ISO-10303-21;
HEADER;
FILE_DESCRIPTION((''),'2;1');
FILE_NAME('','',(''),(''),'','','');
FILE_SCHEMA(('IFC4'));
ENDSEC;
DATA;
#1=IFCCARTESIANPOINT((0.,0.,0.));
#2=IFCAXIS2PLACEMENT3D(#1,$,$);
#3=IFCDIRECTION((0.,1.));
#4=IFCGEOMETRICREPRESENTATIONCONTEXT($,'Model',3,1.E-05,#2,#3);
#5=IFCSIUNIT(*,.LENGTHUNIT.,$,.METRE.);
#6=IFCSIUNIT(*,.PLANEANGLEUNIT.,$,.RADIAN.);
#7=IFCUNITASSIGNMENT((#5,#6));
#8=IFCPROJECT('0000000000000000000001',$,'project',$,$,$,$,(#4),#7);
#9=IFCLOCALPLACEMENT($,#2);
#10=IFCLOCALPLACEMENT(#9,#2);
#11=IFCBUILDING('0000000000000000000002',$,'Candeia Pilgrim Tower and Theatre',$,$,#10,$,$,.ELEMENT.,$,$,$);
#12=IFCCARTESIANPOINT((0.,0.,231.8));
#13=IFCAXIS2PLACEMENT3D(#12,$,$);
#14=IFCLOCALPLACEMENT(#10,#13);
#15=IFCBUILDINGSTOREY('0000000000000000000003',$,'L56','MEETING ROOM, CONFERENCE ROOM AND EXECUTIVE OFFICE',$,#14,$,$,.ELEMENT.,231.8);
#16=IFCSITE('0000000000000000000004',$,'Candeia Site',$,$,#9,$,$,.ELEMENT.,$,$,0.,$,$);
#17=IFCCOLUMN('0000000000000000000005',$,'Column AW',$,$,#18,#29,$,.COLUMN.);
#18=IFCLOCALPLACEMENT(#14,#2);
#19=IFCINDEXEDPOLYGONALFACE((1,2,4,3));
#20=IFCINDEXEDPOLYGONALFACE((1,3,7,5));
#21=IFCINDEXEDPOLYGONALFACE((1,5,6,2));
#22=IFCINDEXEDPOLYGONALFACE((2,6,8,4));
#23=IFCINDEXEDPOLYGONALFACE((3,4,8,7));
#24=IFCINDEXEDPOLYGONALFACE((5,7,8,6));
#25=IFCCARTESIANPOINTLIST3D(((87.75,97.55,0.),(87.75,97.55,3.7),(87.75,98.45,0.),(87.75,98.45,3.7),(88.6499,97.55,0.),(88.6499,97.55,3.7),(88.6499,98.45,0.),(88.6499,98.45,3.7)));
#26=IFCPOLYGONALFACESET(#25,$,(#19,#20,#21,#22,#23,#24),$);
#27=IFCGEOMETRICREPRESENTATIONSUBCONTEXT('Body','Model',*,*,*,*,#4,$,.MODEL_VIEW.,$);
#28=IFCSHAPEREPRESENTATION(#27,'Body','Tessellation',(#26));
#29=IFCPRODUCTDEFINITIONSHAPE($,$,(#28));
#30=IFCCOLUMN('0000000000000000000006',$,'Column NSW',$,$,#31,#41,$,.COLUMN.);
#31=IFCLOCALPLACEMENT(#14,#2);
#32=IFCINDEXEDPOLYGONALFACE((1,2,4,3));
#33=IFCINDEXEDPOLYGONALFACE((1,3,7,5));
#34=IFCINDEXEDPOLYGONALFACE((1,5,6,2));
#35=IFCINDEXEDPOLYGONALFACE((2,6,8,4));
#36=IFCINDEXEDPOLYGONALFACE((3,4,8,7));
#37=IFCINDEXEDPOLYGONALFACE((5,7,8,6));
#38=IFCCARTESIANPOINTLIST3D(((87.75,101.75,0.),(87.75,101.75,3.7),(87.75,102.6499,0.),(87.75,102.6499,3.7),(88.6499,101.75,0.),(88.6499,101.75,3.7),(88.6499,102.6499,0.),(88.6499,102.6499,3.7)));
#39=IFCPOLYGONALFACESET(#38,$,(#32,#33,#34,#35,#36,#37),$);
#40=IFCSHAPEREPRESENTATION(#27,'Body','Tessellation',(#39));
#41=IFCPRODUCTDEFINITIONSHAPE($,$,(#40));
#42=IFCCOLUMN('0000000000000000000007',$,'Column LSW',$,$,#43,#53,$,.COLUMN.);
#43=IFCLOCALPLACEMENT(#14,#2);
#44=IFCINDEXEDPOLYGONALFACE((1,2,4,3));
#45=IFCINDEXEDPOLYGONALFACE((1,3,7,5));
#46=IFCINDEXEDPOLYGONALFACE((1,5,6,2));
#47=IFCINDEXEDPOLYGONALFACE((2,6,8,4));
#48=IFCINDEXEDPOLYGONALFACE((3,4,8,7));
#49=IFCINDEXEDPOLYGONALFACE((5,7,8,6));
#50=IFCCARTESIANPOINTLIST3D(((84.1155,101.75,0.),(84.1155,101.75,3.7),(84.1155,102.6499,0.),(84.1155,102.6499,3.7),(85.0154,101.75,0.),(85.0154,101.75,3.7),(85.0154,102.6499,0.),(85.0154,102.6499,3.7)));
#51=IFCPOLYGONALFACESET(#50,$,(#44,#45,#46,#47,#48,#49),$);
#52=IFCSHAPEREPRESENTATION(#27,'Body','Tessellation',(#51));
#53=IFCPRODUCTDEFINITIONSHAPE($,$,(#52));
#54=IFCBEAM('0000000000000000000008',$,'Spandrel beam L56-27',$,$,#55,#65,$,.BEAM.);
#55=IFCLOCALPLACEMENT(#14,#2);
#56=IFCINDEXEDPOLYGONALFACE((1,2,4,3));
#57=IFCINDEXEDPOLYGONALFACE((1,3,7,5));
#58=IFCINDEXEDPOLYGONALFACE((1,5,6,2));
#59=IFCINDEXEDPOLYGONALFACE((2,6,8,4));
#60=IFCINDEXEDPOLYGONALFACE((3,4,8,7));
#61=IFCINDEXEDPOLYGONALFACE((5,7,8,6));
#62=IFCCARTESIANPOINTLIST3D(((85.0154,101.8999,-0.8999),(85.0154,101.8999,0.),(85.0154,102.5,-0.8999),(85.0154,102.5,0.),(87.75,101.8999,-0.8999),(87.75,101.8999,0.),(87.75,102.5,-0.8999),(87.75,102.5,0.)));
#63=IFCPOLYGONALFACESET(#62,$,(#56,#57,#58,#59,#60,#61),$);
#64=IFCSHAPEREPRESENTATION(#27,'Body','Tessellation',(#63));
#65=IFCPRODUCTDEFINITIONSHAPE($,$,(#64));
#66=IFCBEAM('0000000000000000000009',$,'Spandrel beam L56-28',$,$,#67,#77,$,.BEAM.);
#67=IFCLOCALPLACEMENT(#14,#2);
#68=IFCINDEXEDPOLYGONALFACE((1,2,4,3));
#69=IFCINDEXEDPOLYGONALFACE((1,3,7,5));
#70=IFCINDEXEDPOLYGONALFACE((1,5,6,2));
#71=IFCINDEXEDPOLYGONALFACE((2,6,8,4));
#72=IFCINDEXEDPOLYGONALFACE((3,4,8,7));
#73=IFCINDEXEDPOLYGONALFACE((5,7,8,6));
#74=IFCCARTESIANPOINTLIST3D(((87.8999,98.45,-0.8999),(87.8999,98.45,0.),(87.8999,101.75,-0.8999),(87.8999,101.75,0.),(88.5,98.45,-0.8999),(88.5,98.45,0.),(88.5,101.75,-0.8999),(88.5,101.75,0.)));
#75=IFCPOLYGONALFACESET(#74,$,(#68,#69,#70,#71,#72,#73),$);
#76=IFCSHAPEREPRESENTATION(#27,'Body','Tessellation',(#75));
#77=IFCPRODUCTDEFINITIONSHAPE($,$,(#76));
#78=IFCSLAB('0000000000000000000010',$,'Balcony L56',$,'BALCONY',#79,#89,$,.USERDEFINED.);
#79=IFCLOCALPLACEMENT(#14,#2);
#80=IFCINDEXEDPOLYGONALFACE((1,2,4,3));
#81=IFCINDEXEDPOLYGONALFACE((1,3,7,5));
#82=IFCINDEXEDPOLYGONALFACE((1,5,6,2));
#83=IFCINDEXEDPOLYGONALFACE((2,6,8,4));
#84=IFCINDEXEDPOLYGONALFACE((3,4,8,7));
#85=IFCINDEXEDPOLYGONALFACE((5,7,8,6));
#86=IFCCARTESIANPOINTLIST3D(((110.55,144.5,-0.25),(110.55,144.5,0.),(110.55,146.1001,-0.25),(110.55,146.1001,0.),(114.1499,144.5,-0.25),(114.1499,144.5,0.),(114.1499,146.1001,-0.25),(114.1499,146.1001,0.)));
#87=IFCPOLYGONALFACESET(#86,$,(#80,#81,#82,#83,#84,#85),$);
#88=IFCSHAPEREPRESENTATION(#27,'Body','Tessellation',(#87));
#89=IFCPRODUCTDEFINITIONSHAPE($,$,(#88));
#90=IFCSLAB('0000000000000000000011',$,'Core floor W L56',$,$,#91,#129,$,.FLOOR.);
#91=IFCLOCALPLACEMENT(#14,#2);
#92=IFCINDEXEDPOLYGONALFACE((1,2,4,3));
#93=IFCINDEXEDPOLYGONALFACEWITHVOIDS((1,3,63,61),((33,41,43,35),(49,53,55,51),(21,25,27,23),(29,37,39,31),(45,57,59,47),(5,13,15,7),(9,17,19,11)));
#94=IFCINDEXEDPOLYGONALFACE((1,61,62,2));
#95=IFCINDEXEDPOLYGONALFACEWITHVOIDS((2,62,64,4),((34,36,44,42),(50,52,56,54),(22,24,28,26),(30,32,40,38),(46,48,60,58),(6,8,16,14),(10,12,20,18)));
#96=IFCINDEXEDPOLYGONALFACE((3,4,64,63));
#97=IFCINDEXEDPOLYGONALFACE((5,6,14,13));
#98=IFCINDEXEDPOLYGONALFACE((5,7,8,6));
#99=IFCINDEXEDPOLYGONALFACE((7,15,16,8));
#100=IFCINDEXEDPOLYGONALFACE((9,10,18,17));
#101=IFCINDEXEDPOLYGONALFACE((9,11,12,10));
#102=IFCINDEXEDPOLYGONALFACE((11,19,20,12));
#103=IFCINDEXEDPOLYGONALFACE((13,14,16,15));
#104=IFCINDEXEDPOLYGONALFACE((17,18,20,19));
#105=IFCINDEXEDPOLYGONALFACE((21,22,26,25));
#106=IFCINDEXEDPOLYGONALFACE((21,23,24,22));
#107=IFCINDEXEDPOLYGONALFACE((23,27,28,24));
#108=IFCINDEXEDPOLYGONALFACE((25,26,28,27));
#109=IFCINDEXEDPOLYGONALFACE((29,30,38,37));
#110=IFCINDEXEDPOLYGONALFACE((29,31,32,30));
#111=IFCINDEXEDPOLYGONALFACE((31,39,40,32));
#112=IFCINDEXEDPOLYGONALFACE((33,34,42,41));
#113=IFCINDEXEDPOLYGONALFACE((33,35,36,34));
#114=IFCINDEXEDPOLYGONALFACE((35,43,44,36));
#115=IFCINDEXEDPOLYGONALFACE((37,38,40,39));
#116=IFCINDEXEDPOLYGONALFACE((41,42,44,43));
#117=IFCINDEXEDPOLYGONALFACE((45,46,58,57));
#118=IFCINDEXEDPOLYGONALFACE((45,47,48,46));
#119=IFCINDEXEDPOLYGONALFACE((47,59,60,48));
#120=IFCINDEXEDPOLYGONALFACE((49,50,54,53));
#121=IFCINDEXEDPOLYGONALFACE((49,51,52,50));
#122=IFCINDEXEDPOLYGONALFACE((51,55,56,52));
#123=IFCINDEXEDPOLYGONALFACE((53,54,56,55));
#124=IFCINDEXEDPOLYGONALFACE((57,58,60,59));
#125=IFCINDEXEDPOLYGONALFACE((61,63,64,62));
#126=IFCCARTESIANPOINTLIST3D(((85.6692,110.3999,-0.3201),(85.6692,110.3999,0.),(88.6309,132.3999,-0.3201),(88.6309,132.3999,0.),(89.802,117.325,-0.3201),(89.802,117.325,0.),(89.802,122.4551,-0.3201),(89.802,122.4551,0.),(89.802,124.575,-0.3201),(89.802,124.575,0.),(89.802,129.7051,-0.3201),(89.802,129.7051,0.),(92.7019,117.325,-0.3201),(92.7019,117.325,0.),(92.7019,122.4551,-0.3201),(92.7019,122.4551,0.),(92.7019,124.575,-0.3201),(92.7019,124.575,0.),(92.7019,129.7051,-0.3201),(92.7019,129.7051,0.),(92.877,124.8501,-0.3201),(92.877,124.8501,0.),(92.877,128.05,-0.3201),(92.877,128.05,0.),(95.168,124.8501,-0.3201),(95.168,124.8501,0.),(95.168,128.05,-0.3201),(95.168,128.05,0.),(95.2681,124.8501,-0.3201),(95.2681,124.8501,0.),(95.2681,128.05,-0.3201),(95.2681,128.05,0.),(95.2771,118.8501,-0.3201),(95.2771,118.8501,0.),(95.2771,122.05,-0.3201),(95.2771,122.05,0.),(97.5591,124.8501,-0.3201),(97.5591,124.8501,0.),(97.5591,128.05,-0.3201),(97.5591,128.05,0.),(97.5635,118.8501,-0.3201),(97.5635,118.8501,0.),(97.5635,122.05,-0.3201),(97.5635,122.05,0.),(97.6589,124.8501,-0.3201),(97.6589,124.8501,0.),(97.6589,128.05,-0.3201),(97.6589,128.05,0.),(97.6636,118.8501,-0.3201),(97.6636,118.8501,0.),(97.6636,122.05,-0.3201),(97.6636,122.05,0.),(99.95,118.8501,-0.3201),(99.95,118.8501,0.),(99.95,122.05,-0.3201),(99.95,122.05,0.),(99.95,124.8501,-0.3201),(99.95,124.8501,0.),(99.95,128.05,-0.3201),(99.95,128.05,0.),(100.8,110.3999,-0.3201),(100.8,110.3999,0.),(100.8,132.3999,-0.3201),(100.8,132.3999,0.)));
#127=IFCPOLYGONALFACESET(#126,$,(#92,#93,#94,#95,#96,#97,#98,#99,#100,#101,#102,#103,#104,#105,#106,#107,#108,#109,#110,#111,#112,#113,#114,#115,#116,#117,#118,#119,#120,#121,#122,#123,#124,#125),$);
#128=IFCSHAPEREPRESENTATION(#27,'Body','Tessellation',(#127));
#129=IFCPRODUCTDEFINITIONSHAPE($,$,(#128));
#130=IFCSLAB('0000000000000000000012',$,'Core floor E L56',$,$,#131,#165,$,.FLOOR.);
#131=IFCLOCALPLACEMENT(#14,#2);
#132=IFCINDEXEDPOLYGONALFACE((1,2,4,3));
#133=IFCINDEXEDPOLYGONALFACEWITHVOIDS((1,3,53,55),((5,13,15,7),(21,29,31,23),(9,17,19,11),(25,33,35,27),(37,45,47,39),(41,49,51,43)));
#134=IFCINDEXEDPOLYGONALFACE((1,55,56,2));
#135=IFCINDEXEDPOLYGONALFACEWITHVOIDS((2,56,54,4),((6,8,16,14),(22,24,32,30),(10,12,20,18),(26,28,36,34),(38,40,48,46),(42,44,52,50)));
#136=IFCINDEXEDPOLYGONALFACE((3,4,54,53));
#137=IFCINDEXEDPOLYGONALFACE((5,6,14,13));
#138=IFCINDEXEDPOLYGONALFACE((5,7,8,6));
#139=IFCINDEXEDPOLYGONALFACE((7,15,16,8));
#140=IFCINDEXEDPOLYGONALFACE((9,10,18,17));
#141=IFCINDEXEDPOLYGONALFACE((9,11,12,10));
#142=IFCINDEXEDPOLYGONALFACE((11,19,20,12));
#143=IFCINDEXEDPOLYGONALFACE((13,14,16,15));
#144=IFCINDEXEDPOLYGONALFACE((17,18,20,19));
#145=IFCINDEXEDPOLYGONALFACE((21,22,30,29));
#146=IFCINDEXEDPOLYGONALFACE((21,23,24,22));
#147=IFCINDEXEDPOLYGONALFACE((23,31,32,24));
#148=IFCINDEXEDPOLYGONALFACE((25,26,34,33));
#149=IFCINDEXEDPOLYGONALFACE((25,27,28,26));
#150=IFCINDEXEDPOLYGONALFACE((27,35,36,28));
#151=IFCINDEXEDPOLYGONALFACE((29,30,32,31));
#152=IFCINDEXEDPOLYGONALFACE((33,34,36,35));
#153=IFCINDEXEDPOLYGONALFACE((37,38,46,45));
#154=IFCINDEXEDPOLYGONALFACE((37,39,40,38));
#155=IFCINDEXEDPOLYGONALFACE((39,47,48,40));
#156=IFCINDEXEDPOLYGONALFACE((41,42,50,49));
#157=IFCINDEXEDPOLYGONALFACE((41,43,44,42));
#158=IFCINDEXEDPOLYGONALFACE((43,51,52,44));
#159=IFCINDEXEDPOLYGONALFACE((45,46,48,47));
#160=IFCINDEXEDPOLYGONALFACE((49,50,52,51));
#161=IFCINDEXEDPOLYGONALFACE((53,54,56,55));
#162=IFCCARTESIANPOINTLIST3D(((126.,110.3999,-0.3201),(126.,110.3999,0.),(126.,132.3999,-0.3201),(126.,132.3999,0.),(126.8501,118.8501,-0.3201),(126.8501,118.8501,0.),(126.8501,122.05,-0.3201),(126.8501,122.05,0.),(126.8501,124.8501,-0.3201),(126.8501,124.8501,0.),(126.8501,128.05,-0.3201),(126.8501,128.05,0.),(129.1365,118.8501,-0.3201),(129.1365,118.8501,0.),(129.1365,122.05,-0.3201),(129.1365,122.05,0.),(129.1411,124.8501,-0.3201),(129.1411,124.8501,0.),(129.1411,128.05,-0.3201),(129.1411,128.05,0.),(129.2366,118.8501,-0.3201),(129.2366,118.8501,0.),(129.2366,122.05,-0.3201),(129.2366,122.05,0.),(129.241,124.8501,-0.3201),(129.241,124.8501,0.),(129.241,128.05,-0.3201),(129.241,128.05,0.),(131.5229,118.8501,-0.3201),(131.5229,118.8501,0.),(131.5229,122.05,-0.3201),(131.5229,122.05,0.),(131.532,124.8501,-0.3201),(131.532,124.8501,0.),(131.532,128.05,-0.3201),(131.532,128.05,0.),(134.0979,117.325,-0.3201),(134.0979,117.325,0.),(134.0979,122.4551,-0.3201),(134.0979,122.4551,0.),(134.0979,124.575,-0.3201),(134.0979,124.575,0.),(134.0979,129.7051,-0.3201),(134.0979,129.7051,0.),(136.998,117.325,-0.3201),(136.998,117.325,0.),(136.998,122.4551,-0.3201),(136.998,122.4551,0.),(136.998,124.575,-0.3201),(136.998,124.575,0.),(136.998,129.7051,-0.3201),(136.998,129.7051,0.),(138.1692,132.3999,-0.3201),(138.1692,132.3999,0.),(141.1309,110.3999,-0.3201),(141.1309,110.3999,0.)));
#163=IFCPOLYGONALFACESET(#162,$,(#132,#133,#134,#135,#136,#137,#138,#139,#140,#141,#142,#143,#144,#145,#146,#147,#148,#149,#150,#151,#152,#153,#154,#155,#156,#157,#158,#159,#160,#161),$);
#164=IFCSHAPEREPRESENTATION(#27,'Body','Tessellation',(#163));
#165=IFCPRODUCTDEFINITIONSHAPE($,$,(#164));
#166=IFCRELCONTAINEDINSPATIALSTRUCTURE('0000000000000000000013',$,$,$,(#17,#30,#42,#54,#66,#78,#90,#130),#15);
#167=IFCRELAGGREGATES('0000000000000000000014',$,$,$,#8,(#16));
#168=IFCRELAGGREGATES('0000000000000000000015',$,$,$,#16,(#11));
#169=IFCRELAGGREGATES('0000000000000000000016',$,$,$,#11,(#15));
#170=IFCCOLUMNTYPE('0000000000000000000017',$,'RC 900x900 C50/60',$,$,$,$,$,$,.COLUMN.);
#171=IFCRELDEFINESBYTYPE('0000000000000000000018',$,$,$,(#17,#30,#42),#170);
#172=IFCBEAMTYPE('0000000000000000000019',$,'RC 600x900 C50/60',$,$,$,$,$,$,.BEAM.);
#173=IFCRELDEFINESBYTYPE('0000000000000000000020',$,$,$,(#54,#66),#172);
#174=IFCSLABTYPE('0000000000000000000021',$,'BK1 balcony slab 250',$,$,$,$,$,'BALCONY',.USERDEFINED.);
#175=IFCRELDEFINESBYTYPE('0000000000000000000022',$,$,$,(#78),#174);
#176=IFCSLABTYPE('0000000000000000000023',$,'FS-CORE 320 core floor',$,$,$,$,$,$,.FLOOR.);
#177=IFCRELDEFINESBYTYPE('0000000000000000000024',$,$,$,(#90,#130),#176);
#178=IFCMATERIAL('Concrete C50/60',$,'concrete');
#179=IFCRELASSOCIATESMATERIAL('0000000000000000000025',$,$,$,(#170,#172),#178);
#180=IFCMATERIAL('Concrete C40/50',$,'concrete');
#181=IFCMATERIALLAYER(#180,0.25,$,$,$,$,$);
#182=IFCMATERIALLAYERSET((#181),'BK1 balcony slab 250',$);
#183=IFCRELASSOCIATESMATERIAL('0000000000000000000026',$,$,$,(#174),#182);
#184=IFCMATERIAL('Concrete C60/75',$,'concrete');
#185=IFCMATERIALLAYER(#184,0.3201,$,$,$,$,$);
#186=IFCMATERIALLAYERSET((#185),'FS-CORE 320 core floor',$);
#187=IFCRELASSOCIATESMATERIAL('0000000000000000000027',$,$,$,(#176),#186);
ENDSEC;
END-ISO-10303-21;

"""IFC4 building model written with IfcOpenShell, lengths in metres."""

from ifc_helpers import new_model, si_unit, direction, frame, origin, origin_2d, place, context, subcontext, project, spatial, polyline, rectangle, outline, extrude, material, layer, layer_set, material_profile, profile_set, type_object, element, save


model = new_model("IFC4")

# Units and contexts
model_context = context("Model", 3, precision=1e-05, world=origin(), true_north=direction((0.0, 1.0)))
body_context = subcontext(model_context, "Body", "Model", "MODEL_VIEW")
ifc_project = project(units=[si_unit("LENGTHUNIT", "METRE"), si_unit("PLANEANGLEUNIT", "RADIAN")], contexts=[model_context])

# Site, building, storey
site_placement = place(None, origin())
site = spatial("IfcSite", under=ifc_project, at=site_placement, Name="Candeia Site", CompositionType="ELEMENT", RefElevation=0.0)
building_placement = place(site_placement, origin())
building = spatial("IfcBuilding", under=site, at=building_placement, Name="Candeia Pilgrim Tower and Theatre", CompositionType="ELEMENT")
storey_placement = place(building_placement, frame((0.0, 0.0, 231.8)))
storey = spatial("IfcBuildingStorey", under=building, at=storey_placement, Name="L56", Description="MEETING ROOM, CONFERENCE ROOM AND EXECUTIVE OFFICE", CompositionType="ELEMENT", Elevation=231.8)

# Columns
ifc_material_1 = material(Name="Concrete C50/60", Category="concrete")
ifc_material_profile_1 = material_profile(ifc_material_1, rectangle(XDim=0.8999, YDim=0.8999, at=origin_2d()))
ifc_profile_set_1 = profile_set([ifc_material_profile_1], Name="Concrete C50/60")
column_type = type_object("IfcColumnType", Name="RC 900x900 C50/60", PredefinedType="COLUMN", material=ifc_profile_set_1)
for number, where, z_axis, x_axis, name in (
    (1, (88.2, 98.0, 0.0), (0.0, 0.0, 1.0), (1.0, 0.0, 0.0), "Column AW"),
    (2, (88.2, 102.2, 0.0), (0.0, 0.0, 1.0), (1.0, 0.0, 0.0), "Column NSW"),
    (3, (84.5654, 102.2, 0.0), (0.0, 0.0, 1.0), (1.0, 0.0, 0.0), "Column LSW"),
):
    element("IfcColumn", number, at=place(storey_placement, frame(where, z_axis=z_axis, x_axis=x_axis)), inside=storey, type_object=column_type, Name=name, PredefinedType="COLUMN", context=body_context, shape_type="SweptSolid", body=[
        extrude(rectangle(XDim=0.8999, YDim=0.8999, at=origin_2d()), origin(), (0.0, 0.0, 1.0), 3.7),
    ])

# Beams
ifc_material_profile_2 = material_profile(ifc_material_1, rectangle(XDim=0.6001, YDim=0.8999, at=origin_2d()))
ifc_profile_set_2 = profile_set([ifc_material_profile_2], Name="Concrete C50/60")
beam_type = type_object("IfcBeamType", Name="RC 600x900 C50/60", PredefinedType="BEAM", material=ifc_profile_set_2)
beam_1_placement = place(storey_placement, frame((85.0154, 102.2, -0.45), z_axis=(1.0, 0.0, 0.0), x_axis=(0.0, 1.0, 0.0)))
element("IfcBeam", 4, at=beam_1_placement, inside=storey, type_object=beam_type, Name="Spandrel beam L56-27", PredefinedType="BEAM", context=body_context, shape_type="SweptSolid", body=[
    extrude(rectangle(XDim=0.6001, YDim=0.8999, at=origin_2d()), origin(), (0.0, 0.0, 1.0), 2.7346),
])
beam_2_placement = place(storey_placement, frame((88.2, 101.75, -0.45), z_axis=(0.0, -1.0, 0.0), x_axis=(1.0, 0.0, 0.0)))
element("IfcBeam", 5, at=beam_2_placement, inside=storey, type_object=beam_type, Name="Spandrel beam L56-28", PredefinedType="BEAM", context=body_context, shape_type="SweptSolid", body=[
    extrude(rectangle(XDim=0.6001, YDim=0.8999, at=origin_2d()), origin(), (0.0, 0.0, 1.0), 3.3),
])

# Slabs
ifc_material_2 = material(Name="Concrete C40/50", Category="concrete")
ifc_layer_1 = layer(ifc_material_2, 0.25)
ifc_layer_set_1 = layer_set([ifc_layer_1], Name="BK1 balcony slab 250")
slab_type_1 = type_object("IfcSlabType", Name="BK1 balcony slab 250", ElementType="BALCONY", PredefinedType="USERDEFINED", material=ifc_layer_set_1)
slab_1_placement = place(storey_placement, frame((0.0, 0.0, -0.25)))
element("IfcSlab", 6, at=slab_1_placement, inside=storey, type_object=slab_type_1, Name="Balcony L56", ObjectType="BALCONY", PredefinedType="USERDEFINED", context=body_context, shape_type="SweptSolid", body=[
    extrude(outline(polyline([(110.55, 144.5), (114.1499, 144.5), (114.1499, 146.1001), (110.55, 146.1001), (110.55, 144.5)])), origin(), (0.0, 0.0, 1.0), 0.25),
])
ifc_material_3 = material(Name="Concrete C60/75", Category="concrete")
ifc_layer_2 = layer(ifc_material_3, 0.3201)
ifc_layer_set_2 = layer_set([ifc_layer_2], Name="FS-CORE 320 core floor")
slab_type_2 = type_object("IfcSlabType", Name="FS-CORE 320 core floor", PredefinedType="FLOOR", material=ifc_layer_set_2)
slab_2_placement = place(storey_placement, frame((0.0, 0.0, -0.3201)))
element("IfcSlab", 7, at=slab_2_placement, inside=storey, type_object=slab_type_2, Name="Core floor W L56", PredefinedType="FLOOR", context=body_context, shape_type="SweptSolid", body=[
    extrude(outline(polyline([(100.8, 132.3999), (100.8, 110.3999), (85.6692, 110.3999), (88.6309, 132.3999), (100.8, 132.3999)]), holes=[polyline([(97.6589, 128.05), (97.6589, 124.8501), (99.95, 124.8501), (99.95, 128.05), (97.6589, 128.05)]), polyline([(97.6636, 122.05), (97.6636, 118.8501), (99.95, 118.8501), (99.95, 122.05), (97.6636, 122.05)]), polyline([(95.2771, 122.05), (95.2771, 118.8501), (97.5635, 118.8501), (97.5635, 122.05), (95.2771, 122.05)]), polyline([(95.2681, 128.05), (95.2681, 124.8501), (97.5591, 124.8501), (97.5591, 128.05), (95.2681, 128.05)]), polyline([(92.877, 128.05), (92.877, 124.8501), (95.168, 124.8501), (95.168, 128.05), (92.877, 128.05)]), polyline([(89.802, 117.325), (92.7019, 117.325), (92.7019, 122.4551), (89.802, 122.4551), (89.802, 117.325)]), polyline([(89.802, 129.7051), (89.802, 124.575), (92.7019, 124.575), (92.7019, 129.7051), (89.802, 129.7051)])]), origin(), (0.0, 0.0, 1.0), 0.3201),
])
slab_3_placement = place(storey_placement, frame((0.0, 0.0, -0.3201)))
element("IfcSlab", 8, at=slab_3_placement, inside=storey, type_object=slab_type_2, Name="Core floor E L56", PredefinedType="FLOOR", context=body_context, shape_type="SweptSolid", body=[
    extrude(outline(polyline([(138.1692, 132.3999), (141.1309, 110.3999), (126.0, 110.3999), (126.0, 132.3999), (138.1692, 132.3999)]), holes=[polyline([(134.0979, 117.325), (136.998, 117.325), (136.998, 122.4551), (134.0979, 122.4551), (134.0979, 117.325)]), polyline([(134.0979, 129.7051), (134.0979, 124.575), (136.998, 124.575), (136.998, 129.7051), (134.0979, 129.7051)]), polyline([(131.532, 128.05), (129.241, 128.05), (129.241, 124.8501), (131.532, 124.8501), (131.532, 128.05)]), polyline([(131.5229, 122.05), (129.2366, 122.05), (129.2366, 118.8501), (131.5229, 118.8501), (131.5229, 122.05)]), polyline([(126.8501, 128.05), (126.8501, 124.8501), (129.1411, 124.8501), (129.1411, 128.05), (126.8501, 128.05)]), polyline([(129.1365, 122.05), (126.8501, 122.05), (126.8501, 118.8501), (129.1365, 118.8501), (129.1365, 122.05)])]), origin(), (0.0, 0.0, 1.0), 0.3201),
])

save(model, "model.ifc")
